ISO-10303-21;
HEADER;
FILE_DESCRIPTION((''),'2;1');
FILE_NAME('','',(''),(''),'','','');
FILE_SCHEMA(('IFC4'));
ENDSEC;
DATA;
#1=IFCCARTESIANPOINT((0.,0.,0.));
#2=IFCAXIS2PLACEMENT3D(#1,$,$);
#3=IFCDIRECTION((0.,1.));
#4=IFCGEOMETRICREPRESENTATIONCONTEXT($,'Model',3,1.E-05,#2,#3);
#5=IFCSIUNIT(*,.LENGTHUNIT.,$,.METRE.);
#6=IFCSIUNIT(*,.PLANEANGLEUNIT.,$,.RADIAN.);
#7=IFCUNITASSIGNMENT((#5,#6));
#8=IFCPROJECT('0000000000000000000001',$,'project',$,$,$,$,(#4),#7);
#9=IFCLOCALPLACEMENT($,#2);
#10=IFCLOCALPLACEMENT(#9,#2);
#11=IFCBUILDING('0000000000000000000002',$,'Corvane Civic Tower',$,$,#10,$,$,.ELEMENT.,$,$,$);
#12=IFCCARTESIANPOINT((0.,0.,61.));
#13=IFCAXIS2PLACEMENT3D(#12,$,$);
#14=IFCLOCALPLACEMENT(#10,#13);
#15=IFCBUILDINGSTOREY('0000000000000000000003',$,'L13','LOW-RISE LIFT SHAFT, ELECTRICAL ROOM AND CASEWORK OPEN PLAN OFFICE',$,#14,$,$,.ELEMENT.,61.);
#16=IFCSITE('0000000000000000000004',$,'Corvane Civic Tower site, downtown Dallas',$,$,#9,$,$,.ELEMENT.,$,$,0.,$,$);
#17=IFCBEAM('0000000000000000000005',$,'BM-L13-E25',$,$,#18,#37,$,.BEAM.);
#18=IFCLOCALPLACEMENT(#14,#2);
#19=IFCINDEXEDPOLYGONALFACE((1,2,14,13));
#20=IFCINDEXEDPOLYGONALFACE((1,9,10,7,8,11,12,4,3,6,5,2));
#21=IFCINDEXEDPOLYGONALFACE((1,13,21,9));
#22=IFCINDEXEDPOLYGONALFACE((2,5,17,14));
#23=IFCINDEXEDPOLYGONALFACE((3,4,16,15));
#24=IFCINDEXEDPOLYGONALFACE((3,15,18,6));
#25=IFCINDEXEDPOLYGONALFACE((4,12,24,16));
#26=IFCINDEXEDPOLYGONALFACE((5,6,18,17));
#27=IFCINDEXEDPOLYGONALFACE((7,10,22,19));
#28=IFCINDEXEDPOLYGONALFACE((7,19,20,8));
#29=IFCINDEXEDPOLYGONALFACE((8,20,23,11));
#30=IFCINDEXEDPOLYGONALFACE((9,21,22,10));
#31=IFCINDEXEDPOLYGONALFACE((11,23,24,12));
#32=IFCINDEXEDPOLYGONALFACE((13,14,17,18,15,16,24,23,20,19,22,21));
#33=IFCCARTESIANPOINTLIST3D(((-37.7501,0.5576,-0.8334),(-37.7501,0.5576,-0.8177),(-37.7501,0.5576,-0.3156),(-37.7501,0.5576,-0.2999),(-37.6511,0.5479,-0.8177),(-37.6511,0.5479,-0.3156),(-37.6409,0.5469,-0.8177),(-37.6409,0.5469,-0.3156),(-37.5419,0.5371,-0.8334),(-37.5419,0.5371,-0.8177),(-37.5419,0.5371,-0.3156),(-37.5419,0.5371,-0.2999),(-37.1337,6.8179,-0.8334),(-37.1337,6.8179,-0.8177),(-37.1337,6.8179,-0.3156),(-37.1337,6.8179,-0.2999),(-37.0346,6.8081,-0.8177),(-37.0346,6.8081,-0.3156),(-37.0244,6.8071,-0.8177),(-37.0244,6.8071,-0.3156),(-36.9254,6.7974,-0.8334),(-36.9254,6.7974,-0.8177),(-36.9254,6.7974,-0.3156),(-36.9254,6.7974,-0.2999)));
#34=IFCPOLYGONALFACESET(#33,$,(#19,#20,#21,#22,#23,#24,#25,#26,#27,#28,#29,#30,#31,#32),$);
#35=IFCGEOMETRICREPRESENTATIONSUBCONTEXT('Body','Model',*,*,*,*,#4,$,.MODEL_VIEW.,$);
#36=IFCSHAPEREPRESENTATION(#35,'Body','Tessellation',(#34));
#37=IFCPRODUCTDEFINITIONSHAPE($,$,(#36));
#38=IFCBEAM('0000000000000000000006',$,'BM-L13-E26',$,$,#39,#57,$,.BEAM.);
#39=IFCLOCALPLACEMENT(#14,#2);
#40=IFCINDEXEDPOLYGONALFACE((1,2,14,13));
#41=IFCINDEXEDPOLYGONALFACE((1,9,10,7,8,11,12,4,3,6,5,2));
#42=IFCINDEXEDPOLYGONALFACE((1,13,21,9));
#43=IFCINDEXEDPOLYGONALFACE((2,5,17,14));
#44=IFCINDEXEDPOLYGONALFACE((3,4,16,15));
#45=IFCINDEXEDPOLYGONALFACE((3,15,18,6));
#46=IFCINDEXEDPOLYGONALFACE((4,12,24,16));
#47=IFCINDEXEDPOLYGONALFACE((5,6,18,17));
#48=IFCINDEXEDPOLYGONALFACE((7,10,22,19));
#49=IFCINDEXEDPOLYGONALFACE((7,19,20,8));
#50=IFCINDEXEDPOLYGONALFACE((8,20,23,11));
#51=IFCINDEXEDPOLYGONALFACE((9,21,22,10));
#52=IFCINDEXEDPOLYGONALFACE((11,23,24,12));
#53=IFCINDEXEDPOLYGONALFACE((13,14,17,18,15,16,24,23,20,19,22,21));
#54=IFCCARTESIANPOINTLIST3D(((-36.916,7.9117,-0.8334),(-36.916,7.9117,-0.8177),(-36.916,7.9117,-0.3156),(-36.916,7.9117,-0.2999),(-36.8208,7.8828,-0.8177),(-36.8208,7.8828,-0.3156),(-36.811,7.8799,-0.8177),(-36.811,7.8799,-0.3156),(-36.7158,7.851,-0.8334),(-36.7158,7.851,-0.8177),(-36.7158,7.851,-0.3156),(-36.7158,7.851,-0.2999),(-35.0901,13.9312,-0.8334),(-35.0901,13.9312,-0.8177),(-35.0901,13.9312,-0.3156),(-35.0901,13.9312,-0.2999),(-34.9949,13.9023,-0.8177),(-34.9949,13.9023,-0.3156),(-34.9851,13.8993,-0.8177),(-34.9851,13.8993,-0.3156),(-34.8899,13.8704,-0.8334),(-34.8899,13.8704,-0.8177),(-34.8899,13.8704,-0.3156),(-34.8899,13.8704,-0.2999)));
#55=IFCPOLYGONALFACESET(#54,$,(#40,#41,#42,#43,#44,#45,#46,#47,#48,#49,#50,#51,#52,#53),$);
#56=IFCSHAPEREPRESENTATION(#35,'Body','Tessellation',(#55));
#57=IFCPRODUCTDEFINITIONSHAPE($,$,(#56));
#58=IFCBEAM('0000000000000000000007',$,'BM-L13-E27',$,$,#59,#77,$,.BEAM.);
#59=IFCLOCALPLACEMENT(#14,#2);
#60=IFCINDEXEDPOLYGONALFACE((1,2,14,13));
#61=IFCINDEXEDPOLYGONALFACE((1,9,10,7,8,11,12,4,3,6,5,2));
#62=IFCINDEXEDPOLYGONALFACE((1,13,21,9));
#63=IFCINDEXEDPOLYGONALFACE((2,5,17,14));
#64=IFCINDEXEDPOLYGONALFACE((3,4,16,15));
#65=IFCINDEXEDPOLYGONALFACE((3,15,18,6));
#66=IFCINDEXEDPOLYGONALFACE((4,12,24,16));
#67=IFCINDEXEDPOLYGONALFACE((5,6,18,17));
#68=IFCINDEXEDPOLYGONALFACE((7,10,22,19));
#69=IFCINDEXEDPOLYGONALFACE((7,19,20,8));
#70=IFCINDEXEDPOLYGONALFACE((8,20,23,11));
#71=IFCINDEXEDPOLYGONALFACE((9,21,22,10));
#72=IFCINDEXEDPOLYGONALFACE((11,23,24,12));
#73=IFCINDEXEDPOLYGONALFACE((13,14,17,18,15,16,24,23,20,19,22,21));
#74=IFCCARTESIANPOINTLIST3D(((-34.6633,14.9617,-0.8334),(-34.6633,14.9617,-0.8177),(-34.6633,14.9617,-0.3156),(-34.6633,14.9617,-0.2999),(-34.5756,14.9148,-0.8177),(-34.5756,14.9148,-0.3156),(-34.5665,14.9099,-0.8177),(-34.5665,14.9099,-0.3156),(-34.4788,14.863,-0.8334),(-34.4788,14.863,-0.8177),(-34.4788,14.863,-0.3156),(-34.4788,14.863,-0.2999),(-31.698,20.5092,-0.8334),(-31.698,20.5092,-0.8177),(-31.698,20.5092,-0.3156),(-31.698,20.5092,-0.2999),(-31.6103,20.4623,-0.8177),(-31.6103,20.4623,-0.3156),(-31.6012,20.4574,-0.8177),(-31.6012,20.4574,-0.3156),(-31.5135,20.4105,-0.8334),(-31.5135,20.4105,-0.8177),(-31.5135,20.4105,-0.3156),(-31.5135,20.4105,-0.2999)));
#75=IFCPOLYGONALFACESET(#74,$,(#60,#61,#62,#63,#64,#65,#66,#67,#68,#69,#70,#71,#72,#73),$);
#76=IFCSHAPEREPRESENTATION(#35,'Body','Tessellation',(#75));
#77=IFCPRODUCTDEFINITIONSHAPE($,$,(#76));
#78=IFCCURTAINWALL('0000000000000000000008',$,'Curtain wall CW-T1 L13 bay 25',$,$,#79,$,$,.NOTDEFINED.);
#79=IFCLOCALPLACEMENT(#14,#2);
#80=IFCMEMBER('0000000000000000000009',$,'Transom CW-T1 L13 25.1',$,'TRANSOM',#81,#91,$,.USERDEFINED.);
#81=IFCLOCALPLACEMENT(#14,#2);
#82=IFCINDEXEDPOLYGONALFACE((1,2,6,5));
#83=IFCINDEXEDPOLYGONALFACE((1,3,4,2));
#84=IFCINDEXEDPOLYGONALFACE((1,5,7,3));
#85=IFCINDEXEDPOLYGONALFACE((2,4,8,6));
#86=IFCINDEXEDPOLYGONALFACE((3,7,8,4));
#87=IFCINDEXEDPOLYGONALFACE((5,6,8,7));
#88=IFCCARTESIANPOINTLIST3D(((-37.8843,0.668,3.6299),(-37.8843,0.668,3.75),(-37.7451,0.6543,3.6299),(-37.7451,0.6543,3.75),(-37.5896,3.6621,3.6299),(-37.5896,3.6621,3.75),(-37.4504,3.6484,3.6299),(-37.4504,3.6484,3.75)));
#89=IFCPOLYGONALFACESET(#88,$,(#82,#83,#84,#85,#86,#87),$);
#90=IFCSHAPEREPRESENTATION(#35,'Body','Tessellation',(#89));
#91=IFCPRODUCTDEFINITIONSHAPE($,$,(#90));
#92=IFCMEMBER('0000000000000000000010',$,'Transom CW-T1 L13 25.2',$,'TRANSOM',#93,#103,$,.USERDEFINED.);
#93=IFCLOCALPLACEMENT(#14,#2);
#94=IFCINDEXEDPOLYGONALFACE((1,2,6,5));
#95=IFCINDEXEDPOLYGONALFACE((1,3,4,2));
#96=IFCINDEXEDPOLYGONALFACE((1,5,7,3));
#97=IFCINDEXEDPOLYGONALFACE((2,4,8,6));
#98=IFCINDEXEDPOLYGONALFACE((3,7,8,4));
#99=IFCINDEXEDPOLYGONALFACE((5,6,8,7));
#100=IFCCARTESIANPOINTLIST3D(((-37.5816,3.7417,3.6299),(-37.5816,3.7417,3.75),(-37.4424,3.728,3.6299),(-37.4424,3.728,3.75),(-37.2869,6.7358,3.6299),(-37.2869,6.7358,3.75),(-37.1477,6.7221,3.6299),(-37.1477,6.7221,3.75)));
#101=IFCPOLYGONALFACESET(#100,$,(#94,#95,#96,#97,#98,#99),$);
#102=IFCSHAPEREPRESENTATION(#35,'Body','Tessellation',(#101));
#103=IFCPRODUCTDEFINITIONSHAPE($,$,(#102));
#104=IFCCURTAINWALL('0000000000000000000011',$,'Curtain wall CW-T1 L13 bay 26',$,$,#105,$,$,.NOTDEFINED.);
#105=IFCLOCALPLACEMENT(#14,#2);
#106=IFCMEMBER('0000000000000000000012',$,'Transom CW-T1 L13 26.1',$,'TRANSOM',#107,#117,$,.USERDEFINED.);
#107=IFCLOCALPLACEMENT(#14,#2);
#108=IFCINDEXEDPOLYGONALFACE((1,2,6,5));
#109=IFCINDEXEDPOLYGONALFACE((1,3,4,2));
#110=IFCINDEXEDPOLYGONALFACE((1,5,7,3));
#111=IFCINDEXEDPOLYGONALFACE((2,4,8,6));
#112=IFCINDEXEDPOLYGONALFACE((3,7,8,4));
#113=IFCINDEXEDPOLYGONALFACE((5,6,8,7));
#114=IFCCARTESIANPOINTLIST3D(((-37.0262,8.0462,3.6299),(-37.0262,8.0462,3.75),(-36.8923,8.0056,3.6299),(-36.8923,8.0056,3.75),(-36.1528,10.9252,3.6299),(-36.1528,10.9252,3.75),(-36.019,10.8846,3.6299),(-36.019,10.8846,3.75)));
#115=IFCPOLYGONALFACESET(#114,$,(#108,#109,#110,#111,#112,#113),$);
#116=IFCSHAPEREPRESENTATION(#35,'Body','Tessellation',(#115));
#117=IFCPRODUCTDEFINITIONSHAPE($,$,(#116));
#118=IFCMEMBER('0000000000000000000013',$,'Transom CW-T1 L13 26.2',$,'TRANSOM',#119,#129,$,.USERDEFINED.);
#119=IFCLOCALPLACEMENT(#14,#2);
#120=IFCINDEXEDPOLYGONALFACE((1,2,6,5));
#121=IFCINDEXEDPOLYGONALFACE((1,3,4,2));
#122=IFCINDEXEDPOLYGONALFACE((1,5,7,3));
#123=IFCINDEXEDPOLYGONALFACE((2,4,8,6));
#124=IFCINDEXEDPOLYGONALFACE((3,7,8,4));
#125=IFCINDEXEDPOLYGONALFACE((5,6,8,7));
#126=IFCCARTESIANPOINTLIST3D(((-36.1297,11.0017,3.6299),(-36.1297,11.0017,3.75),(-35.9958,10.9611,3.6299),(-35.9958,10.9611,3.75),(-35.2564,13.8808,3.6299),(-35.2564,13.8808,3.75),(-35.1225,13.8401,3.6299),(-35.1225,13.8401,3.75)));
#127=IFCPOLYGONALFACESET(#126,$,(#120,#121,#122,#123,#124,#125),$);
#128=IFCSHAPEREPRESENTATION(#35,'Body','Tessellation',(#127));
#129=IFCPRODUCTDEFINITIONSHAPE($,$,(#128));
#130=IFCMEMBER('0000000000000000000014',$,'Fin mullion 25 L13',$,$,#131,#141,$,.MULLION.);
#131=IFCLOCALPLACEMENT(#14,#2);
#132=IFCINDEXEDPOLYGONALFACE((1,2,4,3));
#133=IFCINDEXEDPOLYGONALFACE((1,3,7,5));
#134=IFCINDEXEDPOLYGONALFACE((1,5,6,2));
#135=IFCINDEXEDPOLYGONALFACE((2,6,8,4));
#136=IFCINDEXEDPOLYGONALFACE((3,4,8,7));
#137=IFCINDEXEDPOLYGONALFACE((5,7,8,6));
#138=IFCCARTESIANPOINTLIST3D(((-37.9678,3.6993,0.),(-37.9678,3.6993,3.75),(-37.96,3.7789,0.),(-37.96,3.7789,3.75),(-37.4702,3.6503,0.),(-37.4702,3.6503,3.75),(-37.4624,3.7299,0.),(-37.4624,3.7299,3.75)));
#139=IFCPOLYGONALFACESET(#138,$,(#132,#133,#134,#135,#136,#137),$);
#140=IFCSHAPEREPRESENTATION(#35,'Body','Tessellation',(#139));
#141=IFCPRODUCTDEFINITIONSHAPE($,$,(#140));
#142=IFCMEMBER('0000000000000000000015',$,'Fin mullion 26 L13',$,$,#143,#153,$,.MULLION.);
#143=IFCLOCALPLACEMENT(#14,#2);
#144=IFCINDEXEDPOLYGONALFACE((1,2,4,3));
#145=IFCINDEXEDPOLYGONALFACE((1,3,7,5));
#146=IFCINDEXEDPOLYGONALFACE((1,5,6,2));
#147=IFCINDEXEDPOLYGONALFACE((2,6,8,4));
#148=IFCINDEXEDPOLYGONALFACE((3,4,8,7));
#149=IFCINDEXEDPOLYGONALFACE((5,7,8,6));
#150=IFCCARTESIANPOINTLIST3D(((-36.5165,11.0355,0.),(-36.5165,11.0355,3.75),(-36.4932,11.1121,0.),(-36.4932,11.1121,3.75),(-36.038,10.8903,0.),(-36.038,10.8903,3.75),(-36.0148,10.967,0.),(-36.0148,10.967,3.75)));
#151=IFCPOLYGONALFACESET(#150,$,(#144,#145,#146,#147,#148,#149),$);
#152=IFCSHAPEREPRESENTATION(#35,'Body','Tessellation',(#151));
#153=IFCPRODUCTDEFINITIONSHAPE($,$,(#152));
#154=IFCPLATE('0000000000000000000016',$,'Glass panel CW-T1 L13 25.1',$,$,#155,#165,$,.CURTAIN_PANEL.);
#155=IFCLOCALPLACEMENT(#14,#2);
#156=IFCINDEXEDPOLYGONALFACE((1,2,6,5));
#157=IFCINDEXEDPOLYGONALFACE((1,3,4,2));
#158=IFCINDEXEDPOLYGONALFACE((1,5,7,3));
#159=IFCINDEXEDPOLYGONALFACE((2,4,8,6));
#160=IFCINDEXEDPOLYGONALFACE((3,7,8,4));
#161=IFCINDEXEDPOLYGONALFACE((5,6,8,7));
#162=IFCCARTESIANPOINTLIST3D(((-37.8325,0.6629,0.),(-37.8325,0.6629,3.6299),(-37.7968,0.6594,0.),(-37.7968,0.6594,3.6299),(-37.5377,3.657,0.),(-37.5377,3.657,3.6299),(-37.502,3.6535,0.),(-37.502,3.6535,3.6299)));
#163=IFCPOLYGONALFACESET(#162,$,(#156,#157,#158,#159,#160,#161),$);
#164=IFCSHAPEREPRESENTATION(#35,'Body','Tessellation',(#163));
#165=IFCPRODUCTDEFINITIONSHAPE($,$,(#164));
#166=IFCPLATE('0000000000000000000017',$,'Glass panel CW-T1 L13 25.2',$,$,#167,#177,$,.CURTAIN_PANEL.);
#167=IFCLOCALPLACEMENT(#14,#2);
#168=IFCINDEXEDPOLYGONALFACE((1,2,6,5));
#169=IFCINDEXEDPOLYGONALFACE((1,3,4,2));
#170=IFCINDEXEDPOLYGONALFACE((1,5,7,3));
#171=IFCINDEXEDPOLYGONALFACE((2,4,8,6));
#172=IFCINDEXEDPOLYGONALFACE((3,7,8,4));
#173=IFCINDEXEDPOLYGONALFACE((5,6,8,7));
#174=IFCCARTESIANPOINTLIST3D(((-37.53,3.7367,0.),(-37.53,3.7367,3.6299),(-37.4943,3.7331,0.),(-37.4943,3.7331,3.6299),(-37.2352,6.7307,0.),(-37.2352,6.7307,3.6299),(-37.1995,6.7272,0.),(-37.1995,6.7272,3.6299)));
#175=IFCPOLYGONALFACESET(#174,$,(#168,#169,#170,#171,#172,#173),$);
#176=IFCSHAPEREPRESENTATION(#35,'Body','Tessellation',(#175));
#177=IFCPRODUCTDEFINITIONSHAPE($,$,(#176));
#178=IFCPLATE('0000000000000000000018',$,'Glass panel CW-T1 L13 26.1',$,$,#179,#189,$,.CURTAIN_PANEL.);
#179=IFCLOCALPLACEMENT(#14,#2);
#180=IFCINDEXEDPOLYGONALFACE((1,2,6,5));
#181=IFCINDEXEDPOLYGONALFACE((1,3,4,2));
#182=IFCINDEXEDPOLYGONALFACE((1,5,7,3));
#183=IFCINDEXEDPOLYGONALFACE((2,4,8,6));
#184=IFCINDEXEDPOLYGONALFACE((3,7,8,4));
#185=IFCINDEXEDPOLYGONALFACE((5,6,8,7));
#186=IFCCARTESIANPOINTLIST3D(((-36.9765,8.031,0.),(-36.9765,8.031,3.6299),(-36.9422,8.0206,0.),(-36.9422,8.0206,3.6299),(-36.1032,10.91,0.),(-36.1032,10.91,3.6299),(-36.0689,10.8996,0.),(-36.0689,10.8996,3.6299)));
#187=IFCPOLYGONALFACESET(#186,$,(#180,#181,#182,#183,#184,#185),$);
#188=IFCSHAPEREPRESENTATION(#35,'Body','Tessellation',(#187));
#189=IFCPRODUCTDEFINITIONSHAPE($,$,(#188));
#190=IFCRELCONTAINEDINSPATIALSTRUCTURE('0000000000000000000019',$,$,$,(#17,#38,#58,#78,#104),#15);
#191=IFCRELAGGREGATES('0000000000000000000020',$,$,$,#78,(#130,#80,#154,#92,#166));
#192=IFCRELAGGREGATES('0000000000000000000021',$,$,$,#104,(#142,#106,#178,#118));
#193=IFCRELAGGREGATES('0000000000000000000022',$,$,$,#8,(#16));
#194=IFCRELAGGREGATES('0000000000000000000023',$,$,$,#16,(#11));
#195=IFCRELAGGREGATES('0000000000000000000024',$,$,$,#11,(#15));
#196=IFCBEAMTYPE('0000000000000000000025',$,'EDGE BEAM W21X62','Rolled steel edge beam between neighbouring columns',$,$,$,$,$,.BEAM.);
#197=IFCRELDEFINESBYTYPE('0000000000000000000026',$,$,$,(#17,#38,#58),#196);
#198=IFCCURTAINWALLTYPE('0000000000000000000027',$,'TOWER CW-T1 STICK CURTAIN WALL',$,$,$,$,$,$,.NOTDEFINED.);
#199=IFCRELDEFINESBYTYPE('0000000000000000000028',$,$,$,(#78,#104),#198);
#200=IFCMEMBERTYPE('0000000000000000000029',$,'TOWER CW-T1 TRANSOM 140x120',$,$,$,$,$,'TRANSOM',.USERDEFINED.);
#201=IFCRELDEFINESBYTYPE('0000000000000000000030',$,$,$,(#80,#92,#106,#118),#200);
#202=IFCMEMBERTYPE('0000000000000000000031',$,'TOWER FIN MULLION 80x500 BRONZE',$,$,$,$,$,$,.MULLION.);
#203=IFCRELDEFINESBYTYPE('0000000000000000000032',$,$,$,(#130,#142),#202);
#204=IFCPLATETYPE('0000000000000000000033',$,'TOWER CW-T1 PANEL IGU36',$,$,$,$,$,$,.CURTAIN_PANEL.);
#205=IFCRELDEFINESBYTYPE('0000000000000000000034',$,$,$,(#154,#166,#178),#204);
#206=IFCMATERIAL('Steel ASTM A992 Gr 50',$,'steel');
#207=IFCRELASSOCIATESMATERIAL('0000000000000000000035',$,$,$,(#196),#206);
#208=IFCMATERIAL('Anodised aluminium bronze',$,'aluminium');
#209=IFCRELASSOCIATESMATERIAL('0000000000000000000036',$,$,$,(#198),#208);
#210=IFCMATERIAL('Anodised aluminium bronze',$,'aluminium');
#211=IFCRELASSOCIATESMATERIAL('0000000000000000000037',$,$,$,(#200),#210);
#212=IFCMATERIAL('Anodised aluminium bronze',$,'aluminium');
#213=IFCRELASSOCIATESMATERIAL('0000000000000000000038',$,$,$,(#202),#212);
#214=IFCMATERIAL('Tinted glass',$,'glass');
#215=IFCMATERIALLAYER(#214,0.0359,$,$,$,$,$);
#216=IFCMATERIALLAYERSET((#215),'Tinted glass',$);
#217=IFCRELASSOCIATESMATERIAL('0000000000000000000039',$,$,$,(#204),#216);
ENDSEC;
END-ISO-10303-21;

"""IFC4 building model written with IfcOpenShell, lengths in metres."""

from ifc_helpers import new_model, si_unit, direction, frame, origin, origin_2d, place, context, subcontext, project, spatial, rectangle, i_section, extrude, material, layer, layer_set, material_profile, profile_set, type_object, element, aggregate, save


model = new_model("IFC4")

# Units and contexts
model_context = context("Model", 3, precision=1e-05, world=origin(), true_north=direction((0.0, 1.0)))
body_context = subcontext(model_context, "Body", "Model", "MODEL_VIEW")
ifc_project = project(units=[si_unit("LENGTHUNIT", "METRE"), si_unit("PLANEANGLEUNIT", "RADIAN")], contexts=[model_context])

# Site, building, storey
site_placement = place(None, origin())
site = spatial("IfcSite", under=ifc_project, at=site_placement, Name="Corvane Civic Tower site, downtown Dallas", CompositionType="ELEMENT", RefElevation=0.0)
building_placement = place(site_placement, origin())
building = spatial("IfcBuilding", under=site, at=building_placement, Name="Corvane Civic Tower", CompositionType="ELEMENT")
storey_placement = place(building_placement, frame((0.0, 0.0, 61.0)))
storey = spatial("IfcBuildingStorey", under=building, at=storey_placement, Name="L13", Description="LOW-RISE LIFT SHAFT, ELECTRICAL ROOM AND CASEWORK OPEN PLAN OFFICE", CompositionType="ELEMENT", Elevation=61.0)

# Beams
ifc_material_1 = material(Name="Steel ASTM A992 Gr 50", Category="steel")
ifc_material_profile_1 = material_profile(ifc_material_1, i_section(OverallWidth=0.2092, OverallDepth=0.5334, WebThickness=0.0103, FlangeThickness=0.0156, at=origin_2d()), Name="W21X62")
ifc_profile_set_1 = profile_set([ifc_material_profile_1], Name="Steel ASTM A992 Gr 50")
beam_type = type_object("IfcBeamType", Name="EDGE BEAM W21X62", Description="Rolled steel edge beam between neighbouring columns", PredefinedType="BEAM", material=ifc_profile_set_1)
beam_placement = place(storey_placement, frame((-37.646, 0.5474, -0.5667), z_axis=(0.097997, 0.995187, 0.0), x_axis=(-0.995187, 0.097997, 0.0)))
element("IfcBeam", 1, at=beam_placement, inside=storey, type_object=beam_type, Name="BM-L13-E25", PredefinedType="BEAM", context=body_context, shape_type="SweptSolid", body=[
    extrude(i_section(OverallWidth=0.2092, OverallDepth=0.5334, WebThickness=0.0103, FlangeThickness=0.0156, at=origin_2d()), origin(), (0.0, 0.0, 1.0), 6.2905),
])
for number, where, z_axis, x_axis, name in (
    (2, (-36.8159, 7.8813, -0.5667), (0.290273, 0.956944, 0.0), (-0.956944, 0.290273, 0.0), "BM-L13-E26"),
    (3, (-34.571, 14.9124, -0.5667), (0.471406, 0.881916, 0.0), (-0.881916, 0.471406, 0.0), "BM-L13-E27"),
):
    element("IfcBeam", number, at=place(storey_placement, frame(where, z_axis=z_axis, x_axis=x_axis)), inside=storey, type_object=beam_type, Name=name, PredefinedType="BEAM", context=body_context, shape_type="SweptSolid", body=[
        extrude(i_section(OverallWidth=0.2092, OverallDepth=0.5334, WebThickness=0.0103, FlangeThickness=0.0156, at=origin_2d()), origin(), (0.0, 0.0, 1.0), 6.2903),
    ])

# Curtain walls, members
ifc_material_2 = material(Name="Anodised aluminium bronze", Category="aluminium")
curtain_wall_type = type_object("IfcCurtainWallType", Name="TOWER CW-T1 STICK CURTAIN WALL", PredefinedType="NOTDEFINED", material=ifc_material_2)
curtain_wall_1_placement = place(storey_placement, origin())
curtain_wall_1 = element("IfcCurtainWall", 4, at=curtain_wall_1_placement, inside=storey, type_object=curtain_wall_type, Name="Curtain wall CW-T1 L13 bay 25", PredefinedType="NOTDEFINED")
ifc_material_3 = material(Name="Anodised aluminium bronze", Category="aluminium")
ifc_material_profile_2 = material_profile(ifc_material_3, rectangle(XDim=0.1399, YDim=0.1201, at=origin_2d()), Name="TOWER CW-T1 TRANSOM 140x120")
ifc_profile_set_2 = profile_set([ifc_material_profile_2], Name="Anodised aluminium bronze")
member_type_1 = type_object("IfcMemberType", Name="TOWER CW-T1 TRANSOM 140x120", ElementType="TRANSOM", PredefinedType="USERDEFINED", material=ifc_profile_set_2)
member_1_placement = place(storey_placement, frame((-37.8147, 0.6611, 3.6899), z_axis=(0.097945, 0.995192, 0.0), x_axis=(-0.995192, 0.097945, 0.0)))
member_1 = element("IfcMember", 5, at=member_1_placement, type_object=member_type_1, Name="Transom CW-T1 L13 25.1", ObjectType="TRANSOM", PredefinedType="USERDEFINED", context=body_context, shape_type="SweptSolid", body=[
    extrude(rectangle(XDim=0.1399, YDim=0.1201, at=origin_2d()), origin(), (0.0, 0.0, 1.0), 3.0085),
])
member_2_placement = place(storey_placement, frame((-37.512, 3.7349, 3.6899), z_axis=(0.097945, 0.995192, 0.0), x_axis=(-0.995192, 0.097945, 0.0)))
member_2 = element("IfcMember", 6, at=member_2_placement, type_object=member_type_1, Name="Transom CW-T1 L13 25.2", ObjectType="TRANSOM", PredefinedType="USERDEFINED", context=body_context, shape_type="SweptSolid", body=[
    extrude(rectangle(XDim=0.1399, YDim=0.1201, at=origin_2d()), origin(), (0.0, 0.0, 1.0), 3.0085),
])
curtain_wall_2_placement = place(storey_placement, origin())
curtain_wall_2 = element("IfcCurtainWall", 7, at=curtain_wall_2_placement, inside=storey, type_object=curtain_wall_type, Name="Curtain wall CW-T1 L13 bay 26", PredefinedType="NOTDEFINED")
member_3_placement = place(storey_placement, frame((-36.9592, 8.0259, 3.6899), z_axis=(0.29028, 0.956942, 0.0), x_axis=(-0.956942, 0.29028, 0.0)))
member_3 = element("IfcMember", 8, at=member_3_placement, type_object=member_type_1, Name="Transom CW-T1 L13 26.1", ObjectType="TRANSOM", PredefinedType="USERDEFINED", context=body_context, shape_type="SweptSolid", body=[
    extrude(rectangle(XDim=0.1399, YDim=0.1201, at=origin_2d()), origin(), (0.0, 0.0, 1.0), 3.0085),
])
member_4_placement = place(storey_placement, frame((-36.0627, 10.9814, 3.6899), z_axis=(0.29028, 0.956942, 0.0), x_axis=(-0.956942, 0.29028, 0.0)))
member_4 = element("IfcMember", 9, at=member_4_placement, type_object=member_type_1, Name="Transom CW-T1 L13 26.2", ObjectType="TRANSOM", PredefinedType="USERDEFINED", context=body_context, shape_type="SweptSolid", body=[
    extrude(rectangle(XDim=0.1399, YDim=0.1201, at=origin_2d()), origin(), (0.0, 0.0, 1.0), 3.0085),
])

# Members
ifc_material_4 = material(Name="Anodised aluminium bronze", Category="aluminium")
ifc_material_profile_3 = material_profile(ifc_material_4, rectangle(XDim=0.0801, YDim=0.5, at=origin_2d()), Name="TOWER FIN MULLION 80x500 BRONZE")
ifc_profile_set_3 = profile_set([ifc_material_profile_3], Name="Anodised aluminium bronze")
member_type_2 = type_object("IfcMemberType", Name="TOWER FIN MULLION 80x500 BRONZE", PredefinedType="MULLION", material=ifc_profile_set_3)
member_5_placement = place(storey_placement, frame((-37.7151, 3.7146, 0.0), z_axis=(0.0, 0.0, 1.0), x_axis=(0.098006, 0.995186, 0.0)))
member_5 = element("IfcMember", 10, at=member_5_placement, type_object=member_type_2, Name="Fin mullion 25 L13", PredefinedType="MULLION", context=body_context, shape_type="SweptSolid", body=[
    extrude(rectangle(XDim=0.0801, YDim=0.5, at=origin_2d()), origin(), (0.0, 0.0, 1.0), 3.75),
])
member_6_placement = place(storey_placement, frame((-36.2656, 11.0012, 0.0), z_axis=(0.0, 0.0, 1.0), x_axis=(0.290278, 0.956942, 0.0)))
member_6 = element("IfcMember", 11, at=member_6_placement, type_object=member_type_2, Name="Fin mullion 26 L13", PredefinedType="MULLION", context=body_context, shape_type="SweptSolid", body=[
    extrude(rectangle(XDim=0.0801, YDim=0.5, at=origin_2d()), origin(), (0.0, 0.0, 1.0), 3.75),
])

# Plates
ifc_material_5 = material(Name="Tinted glass", Category="glass")
ifc_layer_1 = layer(ifc_material_5, 0.0359)
ifc_layer_set_1 = layer_set([ifc_layer_1], Name="Tinted glass")
plate_type = type_object("IfcPlateType", Name="TOWER CW-T1 PANEL IGU36", PredefinedType="CURTAIN_PANEL", material=ifc_layer_set_1)
plate_1_placement = place(storey_placement, frame((-37.6672, 2.1582, 0.0), z_axis=(0.0, 0.0, 1.0), x_axis=(0.098006, 0.995186, 0.0)))
plate_1 = element("IfcPlate", 12, at=plate_1_placement, type_object=plate_type, Name="Glass panel CW-T1 L13 25.1", PredefinedType="CURTAIN_PANEL", context=body_context, shape_type="SweptSolid", body=[
    extrude(rectangle(XDim=3.0085, YDim=0.0359, at=origin_2d()), origin(), (0.0, 0.0, 1.0), 3.6299),
])
plate_2_placement = place(storey_placement, frame((-37.3647, 5.2319, 0.0), z_axis=(0.0, 0.0, 1.0), x_axis=(0.098006, 0.995186, 0.0)))
plate_2 = element("IfcPlate", 13, at=plate_2_placement, type_object=plate_type, Name="Glass panel CW-T1 L13 25.2", PredefinedType="CURTAIN_PANEL", context=body_context, shape_type="SweptSolid", body=[
    extrude(rectangle(XDim=3.0085, YDim=0.0359, at=origin_2d()), origin(), (0.0, 0.0, 1.0), 3.6299),
])
aggregate(curtain_wall_1, [member_5, member_1, plate_1, member_2, plate_2])
plate_3_placement = place(storey_placement, frame((-36.5227, 9.4653, 0.0), z_axis=(0.0, 0.0, 1.0), x_axis=(0.290278, 0.956942, 0.0)))
plate_3 = element("IfcPlate", 14, at=plate_3_placement, type_object=plate_type, Name="Glass panel CW-T1 L13 26.1", PredefinedType="CURTAIN_PANEL", context=body_context, shape_type="SweptSolid", body=[
    extrude(rectangle(XDim=3.0085, YDim=0.0359, at=origin_2d()), origin(), (0.0, 0.0, 1.0), 3.6299),
])
aggregate(curtain_wall_2, [member_6, member_3, plate_3, member_4])

save(model, "model.ifc")
